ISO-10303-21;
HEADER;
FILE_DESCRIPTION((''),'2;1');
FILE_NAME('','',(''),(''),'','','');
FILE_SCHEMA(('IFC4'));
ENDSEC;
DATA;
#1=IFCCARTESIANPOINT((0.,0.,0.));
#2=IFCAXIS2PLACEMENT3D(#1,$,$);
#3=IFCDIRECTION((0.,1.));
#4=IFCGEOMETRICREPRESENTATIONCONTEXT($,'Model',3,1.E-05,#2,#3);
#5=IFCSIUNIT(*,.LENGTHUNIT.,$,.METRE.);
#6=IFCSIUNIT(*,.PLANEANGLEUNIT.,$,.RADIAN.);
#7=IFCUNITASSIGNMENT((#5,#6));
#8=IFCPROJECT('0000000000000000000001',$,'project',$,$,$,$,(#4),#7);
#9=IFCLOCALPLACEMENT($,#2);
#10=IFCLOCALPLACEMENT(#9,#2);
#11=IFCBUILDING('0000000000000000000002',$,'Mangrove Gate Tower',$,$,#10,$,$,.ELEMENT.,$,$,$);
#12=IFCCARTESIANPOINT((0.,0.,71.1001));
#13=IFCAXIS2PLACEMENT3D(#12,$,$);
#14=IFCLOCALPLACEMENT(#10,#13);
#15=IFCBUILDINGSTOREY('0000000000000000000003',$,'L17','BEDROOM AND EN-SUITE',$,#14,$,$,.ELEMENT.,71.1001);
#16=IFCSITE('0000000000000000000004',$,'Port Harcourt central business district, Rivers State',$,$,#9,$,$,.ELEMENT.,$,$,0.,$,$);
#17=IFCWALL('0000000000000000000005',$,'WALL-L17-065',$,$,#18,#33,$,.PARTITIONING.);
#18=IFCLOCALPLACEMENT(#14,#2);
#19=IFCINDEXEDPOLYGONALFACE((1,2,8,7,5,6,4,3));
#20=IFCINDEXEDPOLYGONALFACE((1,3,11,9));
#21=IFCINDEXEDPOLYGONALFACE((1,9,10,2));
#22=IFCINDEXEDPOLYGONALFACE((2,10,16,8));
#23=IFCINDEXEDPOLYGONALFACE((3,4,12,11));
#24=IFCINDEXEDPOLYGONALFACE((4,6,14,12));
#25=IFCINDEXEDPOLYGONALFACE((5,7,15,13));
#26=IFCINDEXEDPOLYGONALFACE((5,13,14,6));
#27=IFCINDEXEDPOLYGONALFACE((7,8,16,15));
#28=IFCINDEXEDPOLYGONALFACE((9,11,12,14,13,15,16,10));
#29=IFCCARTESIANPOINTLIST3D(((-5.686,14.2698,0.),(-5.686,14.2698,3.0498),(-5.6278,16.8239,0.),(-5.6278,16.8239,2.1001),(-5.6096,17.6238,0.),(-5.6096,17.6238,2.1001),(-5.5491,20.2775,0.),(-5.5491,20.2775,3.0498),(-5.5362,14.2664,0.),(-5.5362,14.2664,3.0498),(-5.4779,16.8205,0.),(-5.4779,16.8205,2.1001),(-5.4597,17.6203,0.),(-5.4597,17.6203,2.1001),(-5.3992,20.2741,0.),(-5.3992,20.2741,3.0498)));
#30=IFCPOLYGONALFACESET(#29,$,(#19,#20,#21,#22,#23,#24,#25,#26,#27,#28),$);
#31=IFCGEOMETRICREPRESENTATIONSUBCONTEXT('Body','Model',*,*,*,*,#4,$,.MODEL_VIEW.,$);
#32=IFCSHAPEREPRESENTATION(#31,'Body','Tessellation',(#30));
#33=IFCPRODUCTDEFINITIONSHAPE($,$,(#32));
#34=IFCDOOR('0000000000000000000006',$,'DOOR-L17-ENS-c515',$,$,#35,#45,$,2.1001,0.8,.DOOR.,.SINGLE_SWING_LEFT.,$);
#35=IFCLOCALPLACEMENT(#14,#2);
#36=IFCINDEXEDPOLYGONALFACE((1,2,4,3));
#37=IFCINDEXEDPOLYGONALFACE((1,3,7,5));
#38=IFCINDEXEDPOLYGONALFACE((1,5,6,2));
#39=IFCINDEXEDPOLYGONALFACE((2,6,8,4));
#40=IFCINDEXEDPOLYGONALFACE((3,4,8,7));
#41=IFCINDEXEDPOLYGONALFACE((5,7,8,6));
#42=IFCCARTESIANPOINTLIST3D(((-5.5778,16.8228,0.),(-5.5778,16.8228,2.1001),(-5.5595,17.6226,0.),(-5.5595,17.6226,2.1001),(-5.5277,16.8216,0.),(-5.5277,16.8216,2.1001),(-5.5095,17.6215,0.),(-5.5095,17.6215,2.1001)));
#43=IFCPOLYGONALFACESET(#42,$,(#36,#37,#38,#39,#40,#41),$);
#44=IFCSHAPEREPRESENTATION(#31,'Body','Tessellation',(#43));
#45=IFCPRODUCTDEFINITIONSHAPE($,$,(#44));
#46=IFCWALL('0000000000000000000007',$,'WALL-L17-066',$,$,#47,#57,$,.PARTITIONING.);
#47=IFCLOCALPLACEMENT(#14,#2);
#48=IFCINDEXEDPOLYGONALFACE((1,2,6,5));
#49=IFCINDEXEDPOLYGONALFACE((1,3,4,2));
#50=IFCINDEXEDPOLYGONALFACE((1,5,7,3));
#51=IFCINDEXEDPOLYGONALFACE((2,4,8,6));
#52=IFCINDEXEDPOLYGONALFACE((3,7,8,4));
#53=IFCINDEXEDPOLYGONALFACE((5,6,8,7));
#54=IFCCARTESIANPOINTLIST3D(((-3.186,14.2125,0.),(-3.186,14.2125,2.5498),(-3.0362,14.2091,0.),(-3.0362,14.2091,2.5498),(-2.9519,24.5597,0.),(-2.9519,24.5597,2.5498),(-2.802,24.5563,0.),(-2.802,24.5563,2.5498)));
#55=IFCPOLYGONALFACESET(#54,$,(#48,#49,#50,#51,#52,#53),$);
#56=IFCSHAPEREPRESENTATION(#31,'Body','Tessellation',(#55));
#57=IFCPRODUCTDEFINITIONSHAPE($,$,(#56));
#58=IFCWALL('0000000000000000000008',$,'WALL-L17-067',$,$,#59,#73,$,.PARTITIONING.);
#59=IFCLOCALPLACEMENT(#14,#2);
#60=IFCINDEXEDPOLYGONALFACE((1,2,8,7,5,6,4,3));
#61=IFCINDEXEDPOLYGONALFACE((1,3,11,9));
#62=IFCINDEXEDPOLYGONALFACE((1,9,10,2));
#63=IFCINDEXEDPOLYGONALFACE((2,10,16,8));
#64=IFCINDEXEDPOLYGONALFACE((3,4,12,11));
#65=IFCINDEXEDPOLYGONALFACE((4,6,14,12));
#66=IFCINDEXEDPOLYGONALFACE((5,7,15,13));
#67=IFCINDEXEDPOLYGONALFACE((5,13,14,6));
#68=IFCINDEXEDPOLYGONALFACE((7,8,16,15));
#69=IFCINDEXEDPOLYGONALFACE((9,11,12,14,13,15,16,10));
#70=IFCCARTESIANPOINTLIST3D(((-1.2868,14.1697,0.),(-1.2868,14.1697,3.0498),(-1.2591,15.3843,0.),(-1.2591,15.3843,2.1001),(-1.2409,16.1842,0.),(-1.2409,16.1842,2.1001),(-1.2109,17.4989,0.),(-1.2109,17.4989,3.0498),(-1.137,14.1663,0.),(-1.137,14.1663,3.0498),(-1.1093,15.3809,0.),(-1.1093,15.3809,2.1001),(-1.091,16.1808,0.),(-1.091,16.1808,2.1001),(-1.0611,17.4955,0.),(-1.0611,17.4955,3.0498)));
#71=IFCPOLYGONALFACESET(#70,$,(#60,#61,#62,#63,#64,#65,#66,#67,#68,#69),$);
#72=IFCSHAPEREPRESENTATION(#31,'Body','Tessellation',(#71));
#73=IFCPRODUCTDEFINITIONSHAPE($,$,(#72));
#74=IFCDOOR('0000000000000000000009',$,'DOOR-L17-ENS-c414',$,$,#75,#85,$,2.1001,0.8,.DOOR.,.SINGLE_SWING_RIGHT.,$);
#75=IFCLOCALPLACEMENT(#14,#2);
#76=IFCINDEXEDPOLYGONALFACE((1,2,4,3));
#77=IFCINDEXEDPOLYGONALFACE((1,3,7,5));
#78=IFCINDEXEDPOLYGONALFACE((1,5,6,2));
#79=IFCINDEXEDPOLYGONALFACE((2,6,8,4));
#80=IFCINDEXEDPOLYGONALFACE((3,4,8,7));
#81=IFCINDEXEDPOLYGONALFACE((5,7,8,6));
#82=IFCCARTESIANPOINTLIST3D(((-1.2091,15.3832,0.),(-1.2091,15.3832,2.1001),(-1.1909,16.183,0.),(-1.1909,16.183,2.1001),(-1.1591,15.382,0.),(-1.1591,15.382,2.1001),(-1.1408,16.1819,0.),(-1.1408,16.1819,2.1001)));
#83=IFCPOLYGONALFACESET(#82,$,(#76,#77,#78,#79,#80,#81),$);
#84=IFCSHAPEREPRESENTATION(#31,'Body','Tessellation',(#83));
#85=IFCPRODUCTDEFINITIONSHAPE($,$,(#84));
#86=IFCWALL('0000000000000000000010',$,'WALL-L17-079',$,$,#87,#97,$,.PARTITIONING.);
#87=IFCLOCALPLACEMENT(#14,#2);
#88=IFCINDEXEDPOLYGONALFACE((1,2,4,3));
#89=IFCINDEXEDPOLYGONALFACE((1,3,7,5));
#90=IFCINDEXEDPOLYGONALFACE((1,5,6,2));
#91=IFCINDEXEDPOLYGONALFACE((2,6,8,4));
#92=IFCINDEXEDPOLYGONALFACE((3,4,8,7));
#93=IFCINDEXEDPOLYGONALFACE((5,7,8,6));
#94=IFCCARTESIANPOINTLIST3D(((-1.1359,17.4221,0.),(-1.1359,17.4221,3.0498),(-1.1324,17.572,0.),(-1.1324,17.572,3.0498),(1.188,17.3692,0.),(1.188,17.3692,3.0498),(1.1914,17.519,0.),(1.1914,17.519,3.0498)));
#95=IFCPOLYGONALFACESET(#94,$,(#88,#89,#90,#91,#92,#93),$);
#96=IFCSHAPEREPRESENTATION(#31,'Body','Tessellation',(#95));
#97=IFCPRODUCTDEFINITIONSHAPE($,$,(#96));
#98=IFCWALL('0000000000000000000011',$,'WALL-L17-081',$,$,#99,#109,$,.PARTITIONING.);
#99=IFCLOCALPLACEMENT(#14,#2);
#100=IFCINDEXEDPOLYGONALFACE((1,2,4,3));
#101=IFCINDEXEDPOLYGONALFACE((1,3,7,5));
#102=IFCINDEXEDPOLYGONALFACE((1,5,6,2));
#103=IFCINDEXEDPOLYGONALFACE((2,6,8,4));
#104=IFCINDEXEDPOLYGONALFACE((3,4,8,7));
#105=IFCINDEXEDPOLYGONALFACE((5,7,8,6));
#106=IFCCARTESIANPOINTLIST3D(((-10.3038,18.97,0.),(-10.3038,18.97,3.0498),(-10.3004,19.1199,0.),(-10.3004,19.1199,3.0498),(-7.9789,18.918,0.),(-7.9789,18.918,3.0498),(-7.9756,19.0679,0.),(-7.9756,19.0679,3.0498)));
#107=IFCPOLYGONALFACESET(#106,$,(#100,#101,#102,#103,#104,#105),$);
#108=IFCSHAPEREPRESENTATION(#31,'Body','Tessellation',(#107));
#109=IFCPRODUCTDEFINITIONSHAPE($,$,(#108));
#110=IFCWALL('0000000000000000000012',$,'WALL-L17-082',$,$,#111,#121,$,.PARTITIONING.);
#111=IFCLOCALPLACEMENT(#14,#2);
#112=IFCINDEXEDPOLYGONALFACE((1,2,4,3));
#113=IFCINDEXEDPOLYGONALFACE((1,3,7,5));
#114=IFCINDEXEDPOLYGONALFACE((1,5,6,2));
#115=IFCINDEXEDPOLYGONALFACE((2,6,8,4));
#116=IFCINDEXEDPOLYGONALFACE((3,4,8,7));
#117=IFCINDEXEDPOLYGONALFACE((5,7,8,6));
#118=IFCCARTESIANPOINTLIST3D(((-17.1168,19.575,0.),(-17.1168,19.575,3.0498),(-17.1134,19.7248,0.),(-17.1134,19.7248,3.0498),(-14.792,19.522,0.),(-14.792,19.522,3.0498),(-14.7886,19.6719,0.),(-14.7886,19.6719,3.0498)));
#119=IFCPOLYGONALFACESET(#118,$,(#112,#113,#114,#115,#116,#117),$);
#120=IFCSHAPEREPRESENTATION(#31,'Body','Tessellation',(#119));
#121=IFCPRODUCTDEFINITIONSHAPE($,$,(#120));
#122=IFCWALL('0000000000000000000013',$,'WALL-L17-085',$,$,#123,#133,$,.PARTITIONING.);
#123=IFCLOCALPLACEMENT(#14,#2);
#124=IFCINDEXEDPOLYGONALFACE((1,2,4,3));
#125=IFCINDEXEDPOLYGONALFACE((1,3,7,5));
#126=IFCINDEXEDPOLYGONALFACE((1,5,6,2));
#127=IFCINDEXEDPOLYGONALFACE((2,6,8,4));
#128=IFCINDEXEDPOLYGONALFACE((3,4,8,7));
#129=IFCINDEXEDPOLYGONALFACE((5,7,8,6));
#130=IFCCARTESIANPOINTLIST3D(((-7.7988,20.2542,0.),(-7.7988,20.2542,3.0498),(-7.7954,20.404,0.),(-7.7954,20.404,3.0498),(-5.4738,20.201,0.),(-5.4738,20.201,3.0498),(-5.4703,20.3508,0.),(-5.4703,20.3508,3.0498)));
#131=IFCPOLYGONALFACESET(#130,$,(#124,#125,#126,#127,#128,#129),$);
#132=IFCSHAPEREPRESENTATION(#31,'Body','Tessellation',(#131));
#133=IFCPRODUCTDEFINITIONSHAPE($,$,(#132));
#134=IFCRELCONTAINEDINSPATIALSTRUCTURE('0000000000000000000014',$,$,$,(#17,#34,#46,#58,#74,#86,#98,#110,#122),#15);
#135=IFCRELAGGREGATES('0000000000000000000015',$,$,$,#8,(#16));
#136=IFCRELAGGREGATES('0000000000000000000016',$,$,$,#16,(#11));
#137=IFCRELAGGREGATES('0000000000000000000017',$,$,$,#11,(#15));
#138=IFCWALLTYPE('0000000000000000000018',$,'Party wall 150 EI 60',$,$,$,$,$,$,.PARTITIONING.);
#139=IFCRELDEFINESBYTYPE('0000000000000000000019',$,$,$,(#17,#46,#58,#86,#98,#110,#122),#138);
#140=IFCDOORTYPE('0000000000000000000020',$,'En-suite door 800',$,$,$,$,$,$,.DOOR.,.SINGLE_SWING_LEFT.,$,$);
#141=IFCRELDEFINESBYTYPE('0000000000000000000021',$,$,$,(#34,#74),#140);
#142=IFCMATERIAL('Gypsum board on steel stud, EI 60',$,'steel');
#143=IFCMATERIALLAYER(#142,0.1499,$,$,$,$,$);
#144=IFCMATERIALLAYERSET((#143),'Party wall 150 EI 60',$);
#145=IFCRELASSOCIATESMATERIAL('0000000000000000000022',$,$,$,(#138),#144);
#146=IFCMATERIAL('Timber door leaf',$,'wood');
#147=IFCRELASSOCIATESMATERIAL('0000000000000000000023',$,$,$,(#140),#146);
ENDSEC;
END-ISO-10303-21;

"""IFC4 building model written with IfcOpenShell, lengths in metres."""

from ifc_helpers import new_model, si_unit, direction, frame, frame_2d, origin, place, context, subcontext, project, spatial, rectangle, extrude, material, layer, layer_set, type_object, element, fill, save


model = new_model("IFC4")

# Units and contexts
model_context = context("Model", 3, precision=1e-05, world=origin(), true_north=direction((0.0, 1.0)))
body_context = subcontext(model_context, "Body", "Model", "MODEL_VIEW")
ifc_project = project(units=[si_unit("LENGTHUNIT", "METRE"), si_unit("PLANEANGLEUNIT", "RADIAN")], contexts=[model_context])

# Site, building, storey
site_placement = place(None, origin())
site = spatial("IfcSite", under=ifc_project, at=site_placement, Name="Port Harcourt central business district, Rivers State", CompositionType="ELEMENT", RefElevation=0.0)
building_placement = place(site_placement, origin())
building = spatial("IfcBuilding", under=site, at=building_placement, Name="Mangrove Gate Tower", CompositionType="ELEMENT")
storey_placement = place(building_placement, frame((0.0, 0.0, 71.1001)))
storey = spatial("IfcBuildingStorey", under=building, at=storey_placement, Name="L17", Description="BEDROOM AND EN-SUITE", CompositionType="ELEMENT", Elevation=71.1001)

# Shared definitions
ifc_material_1 = material(Name="Gypsum board on steel stud, EI 60", Category="steel")
ifc_layer = layer(ifc_material_1, 0.1499)
ifc_layer_set = layer_set([ifc_layer], Name="Party wall 150 EI 60")
wall_type = type_object("IfcWallType", Name="Party wall 150 EI 60", PredefinedType="PARTITIONING", material=ifc_layer_set)

# Shared definitions
ifc_material_2 = material(Name="Timber door leaf", Category="wood")
door_type = type_object("IfcDoorType", Name="En-suite door 800", OperationType="SINGLE_SWING_LEFT", PredefinedType="DOOR", material=ifc_material_2)

# Wall, opening, door
wall_1_placement = place(storey_placement, frame((-5.6111, 14.2681, 0.0), z_axis=(0.0, 0.0, 1.0), x_axis=(0.022792, 0.99974, 0.0)))
wall_1 = element("IfcWall", 1, at=wall_1_placement, inside=storey, type_object=wall_type, Name="WALL-L17-065", PredefinedType="PARTITIONING", context=body_context, shape_type="SweptSolid", body=[
    extrude(rectangle(XDim=6.0093, YDim=0.1499, at=frame_2d((3.0046, 0.0))), origin(), (0.0, 0.0, 1.0), 3.0498),
])
opening_1_placement = place(wall_1_placement, frame((2.5549, 0.0, 0.0)))
opening_1 = element("IfcOpeningElement", 2, at=opening_1_placement, cuts=wall_1, PredefinedType="OPENING", context=body_context, shape_type="SweptSolid", body=[
    extrude(rectangle(XDim=0.8, YDim=2.1001, at=frame_2d((0.3999, 1.05))), frame((0.0, 0.085, 0.0), z_axis=(0.0, -1.0, 0.0), x_axis=(1.0, 0.0, 0.0)), (0.0, 0.0, 1.0), 0.1699),
])
door_1_placement = place(opening_1_placement, origin())
door_1 = element("IfcDoor", 3, at=door_1_placement, inside=storey, type_object=door_type, Name="DOOR-L17-ENS-c515", OperationType="SINGLE_SWING_LEFT", OverallHeight=2.1001, OverallWidth=0.8, PredefinedType="DOOR", context=body_context, shape_type="SweptSolid", body=[
    extrude(rectangle(XDim=0.8, YDim=2.1001, at=frame_2d((0.3999, 1.05))), frame((0.0, 0.0249, 0.0), z_axis=(0.0, -1.0, 0.0), x_axis=(1.0, 0.0, 0.0)), (0.0, 0.0, 1.0), 0.05),
])
fill(opening_1, door_1)

# Wall
wall_2_placement = place(storey_placement, frame((-3.1111, 14.2109, 0.0), z_axis=(0.0, 0.0, 1.0), x_axis=(0.022622, 0.999744, 0.0)))
element("IfcWall", 4, at=wall_2_placement, inside=storey, type_object=wall_type, Name="WALL-L17-066", PredefinedType="PARTITIONING", context=body_context, shape_type="SweptSolid", body=[
    extrude(rectangle(XDim=10.3499, YDim=0.1499, at=frame_2d((5.1748, 0.0))), origin(), (0.0, 0.0, 1.0), 2.5498),
])

# Wall, opening, door
wall_3_placement = place(storey_placement, frame((-1.2119, 14.168, 0.0), z_axis=(0.0, 0.0, 1.0), x_axis=(0.022801, 0.99974, 0.0)))
wall_3 = element("IfcWall", 5, at=wall_3_placement, inside=storey, type_object=wall_type, Name="WALL-L17-067", PredefinedType="PARTITIONING", context=body_context, shape_type="SweptSolid", body=[
    extrude(rectangle(XDim=3.3301, YDim=0.1499, at=frame_2d((1.665, 0.0))), origin(), (0.0, 0.0, 1.0), 3.0498),
])
opening_2_placement = place(wall_3_placement, frame((1.2151, 0.0, 0.0)))
opening_2 = element("IfcOpeningElement", 6, at=opening_2_placement, cuts=wall_3, PredefinedType="OPENING", context=body_context, shape_type="SweptSolid", body=[
    extrude(rectangle(XDim=0.8, YDim=2.1001, at=frame_2d((0.3999, 1.05))), frame((0.0, 0.085, 0.0), z_axis=(0.0, -1.0, 0.0), x_axis=(1.0, 0.0, 0.0)), (0.0, 0.0, 1.0), 0.1699),
])
door_2_placement = place(opening_2_placement, origin())
door_2 = element("IfcDoor", 7, at=door_2_placement, inside=storey, type_object=door_type, Name="DOOR-L17-ENS-c414", OperationType="SINGLE_SWING_RIGHT", OverallHeight=2.1001, OverallWidth=0.8, PredefinedType="DOOR", context=body_context, shape_type="SweptSolid", body=[
    extrude(rectangle(XDim=0.8, YDim=2.1001, at=frame_2d((0.3999, 1.05))), frame((0.0, 0.0249, 0.0), z_axis=(0.0, -1.0, 0.0), x_axis=(1.0, 0.0, 0.0)), (0.0, 0.0, 1.0), 0.05),
])
fill(opening_2, door_2)

# Walls
wall_4_placement = place(storey_placement, frame((-1.134, 17.4971, 0.0), z_axis=(0.0, 0.0, 1.0), x_axis=(0.99974, -0.022791, 0.0)))
element("IfcWall", 8, at=wall_4_placement, inside=storey, type_object=wall_type, Name="WALL-L17-079", PredefinedType="PARTITIONING", context=body_context, shape_type="SweptSolid", body=[
    extrude(rectangle(XDim=2.3245, YDim=0.1499, at=frame_2d((1.1621, 0.0))), origin(), (0.0, 0.0, 1.0), 3.0498),
])
for number, where, z_axis, x_axis, name in (
    (9, (-10.302, 19.0449, 0.0), (0.0, 0.0, 1.0), (0.99975, -0.022361, 0.0), "WALL-L17-081"),
    (10, (-17.115, 19.6499, 0.0), (0.0, 0.0, 1.0), (0.99974, -0.022781, 0.0), "WALL-L17-082"),
):
    element("IfcWall", number, at=place(storey_placement, frame(where, z_axis=z_axis, x_axis=x_axis)), inside=storey, type_object=wall_type, Name=name, PredefinedType="PARTITIONING", context=body_context, shape_type="SweptSolid", body=[
        extrude(rectangle(XDim=2.3254, YDim=0.1499, at=frame_2d((1.1626, 0.0))), origin(), (0.0, 0.0, 1.0), 3.0498),
    ])
wall_5_placement = place(storey_placement, frame((-7.7971, 20.3291, 0.0), z_axis=(0.0, 0.0, 1.0), x_axis=(0.999738, -0.022884, 0.0)))
element("IfcWall", 11, at=wall_5_placement, inside=storey, type_object=wall_type, Name="WALL-L17-085", PredefinedType="PARTITIONING", context=body_context, shape_type="SweptSolid", body=[
    extrude(rectangle(XDim=2.3257, YDim=0.1499, at=frame_2d((1.1628, 0.0))), origin(), (0.0, 0.0, 1.0), 3.0498),
])

save(model, "model.ifc")
